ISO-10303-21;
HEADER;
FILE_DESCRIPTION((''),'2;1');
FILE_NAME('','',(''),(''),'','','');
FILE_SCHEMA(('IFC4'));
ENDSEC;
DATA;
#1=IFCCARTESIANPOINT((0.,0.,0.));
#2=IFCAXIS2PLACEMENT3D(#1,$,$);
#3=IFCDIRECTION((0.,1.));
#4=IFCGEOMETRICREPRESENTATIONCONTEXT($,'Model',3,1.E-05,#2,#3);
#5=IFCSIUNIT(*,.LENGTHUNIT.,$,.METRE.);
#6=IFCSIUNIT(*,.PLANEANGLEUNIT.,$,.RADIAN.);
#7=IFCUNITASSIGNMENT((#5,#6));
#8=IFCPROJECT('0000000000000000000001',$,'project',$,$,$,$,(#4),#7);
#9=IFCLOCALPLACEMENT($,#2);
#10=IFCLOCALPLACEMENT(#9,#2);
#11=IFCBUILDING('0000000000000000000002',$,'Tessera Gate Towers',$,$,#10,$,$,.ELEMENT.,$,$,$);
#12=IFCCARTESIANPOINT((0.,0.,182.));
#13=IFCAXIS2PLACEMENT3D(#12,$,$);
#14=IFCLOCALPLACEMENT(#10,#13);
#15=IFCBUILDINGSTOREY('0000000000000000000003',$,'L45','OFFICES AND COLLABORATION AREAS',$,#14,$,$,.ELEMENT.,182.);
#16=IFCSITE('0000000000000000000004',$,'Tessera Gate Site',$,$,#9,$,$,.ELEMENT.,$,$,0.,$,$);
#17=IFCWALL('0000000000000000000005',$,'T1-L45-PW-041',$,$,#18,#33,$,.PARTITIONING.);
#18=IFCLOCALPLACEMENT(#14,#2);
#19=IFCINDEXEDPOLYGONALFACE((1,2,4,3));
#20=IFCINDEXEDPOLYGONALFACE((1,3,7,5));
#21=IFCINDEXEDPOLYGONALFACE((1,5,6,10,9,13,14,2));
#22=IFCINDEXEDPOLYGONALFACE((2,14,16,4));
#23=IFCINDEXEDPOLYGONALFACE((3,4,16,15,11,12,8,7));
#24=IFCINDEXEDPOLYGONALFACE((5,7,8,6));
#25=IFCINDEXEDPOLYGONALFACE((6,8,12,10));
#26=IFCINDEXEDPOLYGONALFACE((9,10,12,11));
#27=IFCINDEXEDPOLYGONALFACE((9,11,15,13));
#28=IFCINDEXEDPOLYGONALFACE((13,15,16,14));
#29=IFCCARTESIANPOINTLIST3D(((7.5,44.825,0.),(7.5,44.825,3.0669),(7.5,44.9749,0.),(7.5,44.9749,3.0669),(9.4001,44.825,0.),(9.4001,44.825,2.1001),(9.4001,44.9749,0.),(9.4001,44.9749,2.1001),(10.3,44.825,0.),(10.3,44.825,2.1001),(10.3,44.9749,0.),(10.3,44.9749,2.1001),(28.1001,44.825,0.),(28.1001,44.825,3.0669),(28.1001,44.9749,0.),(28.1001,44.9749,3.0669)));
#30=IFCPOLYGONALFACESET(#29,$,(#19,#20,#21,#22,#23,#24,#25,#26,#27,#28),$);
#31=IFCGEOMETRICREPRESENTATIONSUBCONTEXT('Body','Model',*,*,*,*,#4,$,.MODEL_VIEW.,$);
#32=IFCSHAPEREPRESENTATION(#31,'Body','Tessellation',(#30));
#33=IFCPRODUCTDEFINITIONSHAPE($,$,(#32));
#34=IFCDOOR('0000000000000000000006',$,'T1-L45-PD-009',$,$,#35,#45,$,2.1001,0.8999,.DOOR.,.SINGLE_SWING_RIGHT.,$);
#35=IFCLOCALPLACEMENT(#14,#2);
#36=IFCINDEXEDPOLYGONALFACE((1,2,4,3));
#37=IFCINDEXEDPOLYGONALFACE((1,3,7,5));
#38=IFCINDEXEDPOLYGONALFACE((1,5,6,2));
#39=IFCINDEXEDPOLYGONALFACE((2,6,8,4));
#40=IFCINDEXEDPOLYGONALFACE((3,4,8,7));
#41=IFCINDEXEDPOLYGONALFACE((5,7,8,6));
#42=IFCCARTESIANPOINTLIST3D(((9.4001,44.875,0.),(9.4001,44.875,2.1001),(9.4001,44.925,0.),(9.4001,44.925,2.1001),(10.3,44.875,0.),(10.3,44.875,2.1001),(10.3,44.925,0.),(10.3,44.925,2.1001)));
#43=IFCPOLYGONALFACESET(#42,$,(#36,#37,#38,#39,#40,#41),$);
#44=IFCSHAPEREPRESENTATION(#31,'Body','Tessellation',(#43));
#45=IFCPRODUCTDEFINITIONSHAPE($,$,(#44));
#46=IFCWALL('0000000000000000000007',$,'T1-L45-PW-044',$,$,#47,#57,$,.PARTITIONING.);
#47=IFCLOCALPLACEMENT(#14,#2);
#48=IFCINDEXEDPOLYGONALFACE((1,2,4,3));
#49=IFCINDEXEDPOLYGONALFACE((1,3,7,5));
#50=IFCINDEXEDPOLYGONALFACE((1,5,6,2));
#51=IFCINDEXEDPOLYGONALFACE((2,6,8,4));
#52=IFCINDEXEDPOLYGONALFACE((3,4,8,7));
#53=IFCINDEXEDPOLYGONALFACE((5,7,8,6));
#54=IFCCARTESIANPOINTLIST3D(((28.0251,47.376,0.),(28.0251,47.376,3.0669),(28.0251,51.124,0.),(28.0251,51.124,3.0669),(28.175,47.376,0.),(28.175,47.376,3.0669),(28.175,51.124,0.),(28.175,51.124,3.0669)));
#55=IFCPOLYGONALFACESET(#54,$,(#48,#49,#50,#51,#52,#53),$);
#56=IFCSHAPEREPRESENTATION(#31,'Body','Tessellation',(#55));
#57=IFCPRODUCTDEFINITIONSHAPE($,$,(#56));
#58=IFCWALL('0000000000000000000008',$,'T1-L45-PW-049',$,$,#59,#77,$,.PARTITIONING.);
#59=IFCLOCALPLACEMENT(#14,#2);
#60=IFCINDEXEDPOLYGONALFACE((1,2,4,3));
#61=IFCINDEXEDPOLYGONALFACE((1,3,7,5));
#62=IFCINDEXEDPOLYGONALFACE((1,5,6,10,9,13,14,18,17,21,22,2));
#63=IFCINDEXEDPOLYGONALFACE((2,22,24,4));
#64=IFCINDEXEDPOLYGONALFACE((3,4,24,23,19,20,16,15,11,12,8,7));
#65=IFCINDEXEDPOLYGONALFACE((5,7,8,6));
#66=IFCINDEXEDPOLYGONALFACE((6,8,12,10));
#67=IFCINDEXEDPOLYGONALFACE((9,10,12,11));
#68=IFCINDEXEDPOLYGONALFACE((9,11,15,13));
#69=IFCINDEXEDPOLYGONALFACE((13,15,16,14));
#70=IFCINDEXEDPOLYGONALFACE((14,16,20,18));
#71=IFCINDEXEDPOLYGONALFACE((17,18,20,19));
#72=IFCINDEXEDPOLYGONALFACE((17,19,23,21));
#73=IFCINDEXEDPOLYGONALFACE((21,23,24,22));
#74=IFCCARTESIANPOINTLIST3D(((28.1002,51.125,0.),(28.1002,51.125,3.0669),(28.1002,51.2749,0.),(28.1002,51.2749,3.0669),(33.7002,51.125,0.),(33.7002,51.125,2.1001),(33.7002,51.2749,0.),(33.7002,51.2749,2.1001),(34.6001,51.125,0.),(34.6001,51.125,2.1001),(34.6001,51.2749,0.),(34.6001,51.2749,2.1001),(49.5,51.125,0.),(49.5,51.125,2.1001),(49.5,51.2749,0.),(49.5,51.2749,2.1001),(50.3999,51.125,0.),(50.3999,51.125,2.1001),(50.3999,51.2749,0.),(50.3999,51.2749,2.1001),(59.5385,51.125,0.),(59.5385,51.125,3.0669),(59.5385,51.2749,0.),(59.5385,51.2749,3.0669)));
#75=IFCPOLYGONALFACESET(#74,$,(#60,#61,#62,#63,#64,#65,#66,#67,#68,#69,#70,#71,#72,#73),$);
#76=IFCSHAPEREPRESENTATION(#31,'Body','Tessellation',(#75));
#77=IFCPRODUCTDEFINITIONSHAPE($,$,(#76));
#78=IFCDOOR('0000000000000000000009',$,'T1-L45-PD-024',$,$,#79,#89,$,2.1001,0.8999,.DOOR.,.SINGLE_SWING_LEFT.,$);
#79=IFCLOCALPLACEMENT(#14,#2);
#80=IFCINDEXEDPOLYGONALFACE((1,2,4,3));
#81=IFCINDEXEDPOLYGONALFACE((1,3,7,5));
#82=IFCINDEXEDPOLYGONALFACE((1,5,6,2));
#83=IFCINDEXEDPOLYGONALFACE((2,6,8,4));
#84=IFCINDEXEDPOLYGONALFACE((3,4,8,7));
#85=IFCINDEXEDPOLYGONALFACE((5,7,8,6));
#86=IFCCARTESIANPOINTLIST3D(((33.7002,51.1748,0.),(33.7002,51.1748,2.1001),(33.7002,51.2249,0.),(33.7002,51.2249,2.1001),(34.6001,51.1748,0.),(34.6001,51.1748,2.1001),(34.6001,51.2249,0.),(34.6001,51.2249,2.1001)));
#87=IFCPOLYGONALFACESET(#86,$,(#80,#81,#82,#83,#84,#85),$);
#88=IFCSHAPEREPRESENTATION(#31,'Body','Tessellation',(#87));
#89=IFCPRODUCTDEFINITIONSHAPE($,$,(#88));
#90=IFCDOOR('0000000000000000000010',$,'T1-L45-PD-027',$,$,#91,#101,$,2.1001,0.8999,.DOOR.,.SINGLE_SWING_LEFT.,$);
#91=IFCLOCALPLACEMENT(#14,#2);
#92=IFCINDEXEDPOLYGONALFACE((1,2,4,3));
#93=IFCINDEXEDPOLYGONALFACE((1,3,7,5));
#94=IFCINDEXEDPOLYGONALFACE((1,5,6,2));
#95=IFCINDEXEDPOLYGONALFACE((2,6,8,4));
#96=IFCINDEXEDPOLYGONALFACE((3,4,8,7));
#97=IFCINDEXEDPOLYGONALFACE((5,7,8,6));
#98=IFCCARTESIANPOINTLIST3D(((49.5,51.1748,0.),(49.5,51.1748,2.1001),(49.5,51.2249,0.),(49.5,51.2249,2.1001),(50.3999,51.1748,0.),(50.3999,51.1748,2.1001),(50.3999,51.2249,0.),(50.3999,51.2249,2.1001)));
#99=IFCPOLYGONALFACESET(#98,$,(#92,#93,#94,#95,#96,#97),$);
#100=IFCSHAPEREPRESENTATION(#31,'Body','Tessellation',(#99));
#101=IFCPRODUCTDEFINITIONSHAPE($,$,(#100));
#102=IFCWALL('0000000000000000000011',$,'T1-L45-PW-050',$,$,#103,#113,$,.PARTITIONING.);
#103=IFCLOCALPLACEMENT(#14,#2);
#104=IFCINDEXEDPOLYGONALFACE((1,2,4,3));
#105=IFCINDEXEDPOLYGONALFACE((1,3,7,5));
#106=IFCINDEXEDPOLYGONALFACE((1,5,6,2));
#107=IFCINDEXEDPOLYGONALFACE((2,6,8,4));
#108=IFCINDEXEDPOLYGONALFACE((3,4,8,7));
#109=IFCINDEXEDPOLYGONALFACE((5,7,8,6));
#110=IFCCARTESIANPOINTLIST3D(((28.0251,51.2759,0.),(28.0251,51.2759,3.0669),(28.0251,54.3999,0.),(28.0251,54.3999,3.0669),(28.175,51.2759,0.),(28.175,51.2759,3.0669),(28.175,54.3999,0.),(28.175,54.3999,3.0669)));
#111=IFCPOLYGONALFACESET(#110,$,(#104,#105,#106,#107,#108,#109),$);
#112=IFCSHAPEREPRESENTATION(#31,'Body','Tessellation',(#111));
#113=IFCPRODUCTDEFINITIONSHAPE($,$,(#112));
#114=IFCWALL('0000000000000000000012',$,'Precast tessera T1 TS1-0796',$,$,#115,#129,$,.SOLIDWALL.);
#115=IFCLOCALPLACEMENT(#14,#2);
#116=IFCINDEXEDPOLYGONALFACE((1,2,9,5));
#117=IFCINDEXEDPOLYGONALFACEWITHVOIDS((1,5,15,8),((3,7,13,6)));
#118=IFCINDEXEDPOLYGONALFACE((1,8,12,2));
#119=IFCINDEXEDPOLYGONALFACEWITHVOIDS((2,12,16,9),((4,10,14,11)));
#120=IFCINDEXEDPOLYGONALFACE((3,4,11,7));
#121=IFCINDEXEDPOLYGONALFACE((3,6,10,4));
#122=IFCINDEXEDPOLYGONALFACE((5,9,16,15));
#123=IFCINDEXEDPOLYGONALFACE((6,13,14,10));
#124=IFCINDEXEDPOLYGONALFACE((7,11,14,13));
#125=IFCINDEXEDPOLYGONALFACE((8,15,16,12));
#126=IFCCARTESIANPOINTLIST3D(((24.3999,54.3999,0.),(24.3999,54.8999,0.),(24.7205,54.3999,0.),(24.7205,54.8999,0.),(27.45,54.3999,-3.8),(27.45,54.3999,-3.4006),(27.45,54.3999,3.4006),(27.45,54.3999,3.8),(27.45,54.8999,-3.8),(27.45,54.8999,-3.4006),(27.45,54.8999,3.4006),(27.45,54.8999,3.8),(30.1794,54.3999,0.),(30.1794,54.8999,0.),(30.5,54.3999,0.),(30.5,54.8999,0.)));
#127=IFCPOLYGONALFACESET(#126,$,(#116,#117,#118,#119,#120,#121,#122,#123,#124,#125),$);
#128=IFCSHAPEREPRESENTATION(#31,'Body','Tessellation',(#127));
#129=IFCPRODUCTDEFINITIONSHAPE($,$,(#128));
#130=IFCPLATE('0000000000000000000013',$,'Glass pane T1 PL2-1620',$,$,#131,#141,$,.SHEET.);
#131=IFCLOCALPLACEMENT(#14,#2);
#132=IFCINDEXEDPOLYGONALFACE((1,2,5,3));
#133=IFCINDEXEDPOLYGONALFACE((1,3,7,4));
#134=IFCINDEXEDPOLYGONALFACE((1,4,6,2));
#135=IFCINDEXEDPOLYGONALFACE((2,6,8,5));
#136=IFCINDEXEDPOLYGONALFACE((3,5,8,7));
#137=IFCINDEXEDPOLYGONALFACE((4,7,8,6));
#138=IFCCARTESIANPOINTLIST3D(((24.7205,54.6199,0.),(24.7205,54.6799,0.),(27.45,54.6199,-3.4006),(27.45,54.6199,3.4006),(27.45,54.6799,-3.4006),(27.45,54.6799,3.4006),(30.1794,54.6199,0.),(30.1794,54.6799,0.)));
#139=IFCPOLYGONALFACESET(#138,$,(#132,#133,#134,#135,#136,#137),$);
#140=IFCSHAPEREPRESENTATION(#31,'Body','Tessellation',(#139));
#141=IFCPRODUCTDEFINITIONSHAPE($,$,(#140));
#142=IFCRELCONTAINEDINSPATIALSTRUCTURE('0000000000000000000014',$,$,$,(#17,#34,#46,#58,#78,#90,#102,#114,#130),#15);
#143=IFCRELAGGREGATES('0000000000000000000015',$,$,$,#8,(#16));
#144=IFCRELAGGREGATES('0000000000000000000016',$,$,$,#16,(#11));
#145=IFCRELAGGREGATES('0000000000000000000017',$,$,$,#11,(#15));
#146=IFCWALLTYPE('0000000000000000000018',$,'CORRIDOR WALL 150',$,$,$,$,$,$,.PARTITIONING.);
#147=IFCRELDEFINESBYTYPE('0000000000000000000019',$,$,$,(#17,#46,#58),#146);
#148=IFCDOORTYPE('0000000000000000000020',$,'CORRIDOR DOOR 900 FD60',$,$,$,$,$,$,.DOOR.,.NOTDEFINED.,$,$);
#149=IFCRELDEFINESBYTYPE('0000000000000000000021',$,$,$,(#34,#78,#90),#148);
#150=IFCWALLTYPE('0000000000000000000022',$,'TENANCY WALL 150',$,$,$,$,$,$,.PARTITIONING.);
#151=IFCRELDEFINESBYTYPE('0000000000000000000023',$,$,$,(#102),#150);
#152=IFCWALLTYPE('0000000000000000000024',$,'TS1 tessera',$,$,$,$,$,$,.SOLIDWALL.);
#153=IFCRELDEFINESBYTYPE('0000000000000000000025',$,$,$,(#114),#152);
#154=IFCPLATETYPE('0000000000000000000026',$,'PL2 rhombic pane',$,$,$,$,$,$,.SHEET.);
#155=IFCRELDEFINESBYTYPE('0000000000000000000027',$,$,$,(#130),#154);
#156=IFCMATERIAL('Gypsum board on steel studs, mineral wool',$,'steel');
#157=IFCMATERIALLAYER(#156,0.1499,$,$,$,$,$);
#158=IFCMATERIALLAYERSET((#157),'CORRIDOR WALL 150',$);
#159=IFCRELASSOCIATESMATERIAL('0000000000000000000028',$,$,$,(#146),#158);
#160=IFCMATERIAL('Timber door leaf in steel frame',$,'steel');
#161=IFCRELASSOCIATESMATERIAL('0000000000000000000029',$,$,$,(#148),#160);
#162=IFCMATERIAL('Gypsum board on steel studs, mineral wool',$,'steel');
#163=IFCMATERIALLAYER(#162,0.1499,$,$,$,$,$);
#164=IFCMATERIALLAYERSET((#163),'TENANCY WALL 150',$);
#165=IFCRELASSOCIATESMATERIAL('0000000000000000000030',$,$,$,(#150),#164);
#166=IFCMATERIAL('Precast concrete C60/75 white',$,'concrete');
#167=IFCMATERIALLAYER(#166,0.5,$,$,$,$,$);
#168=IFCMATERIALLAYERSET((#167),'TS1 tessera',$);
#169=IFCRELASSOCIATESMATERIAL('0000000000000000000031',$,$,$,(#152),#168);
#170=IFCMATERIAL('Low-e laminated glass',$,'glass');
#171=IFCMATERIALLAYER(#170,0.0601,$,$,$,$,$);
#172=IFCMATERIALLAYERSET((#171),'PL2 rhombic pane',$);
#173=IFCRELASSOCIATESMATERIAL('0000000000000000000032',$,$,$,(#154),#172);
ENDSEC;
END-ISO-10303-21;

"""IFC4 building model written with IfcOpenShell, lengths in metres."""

from ifc_helpers import new_model, si_unit, direction, frame, frame_2d, origin, place, context, subcontext, project, spatial, polyline, rectangle, outline, extrude, source, transform, mapped, material, layer, layer_set, type_object, element, fill, save


model = new_model("IFC4")

# Units and contexts
model_context = context("Model", 3, precision=1e-05, world=origin(), true_north=direction((0.0, 1.0)))
body_context = subcontext(model_context, "Body", "Model", "MODEL_VIEW")
ifc_project = project(units=[si_unit("LENGTHUNIT", "METRE"), si_unit("PLANEANGLEUNIT", "RADIAN")], contexts=[model_context])

# Site, building, storey
site_placement = place(None, origin())
site = spatial("IfcSite", under=ifc_project, at=site_placement, Name="Tessera Gate Site", CompositionType="ELEMENT", RefElevation=0.0)
building_placement = place(site_placement, origin())
building = spatial("IfcBuilding", under=site, at=building_placement, Name="Tessera Gate Towers", CompositionType="ELEMENT")
storey_placement = place(building_placement, frame((0.0, 0.0, 182.0)))
storey = spatial("IfcBuildingStorey", under=building, at=storey_placement, Name="L45", Description="OFFICES AND COLLABORATION AREAS", CompositionType="ELEMENT", Elevation=182.0)

# Wall, opening, door
ifc_material_1 = material(Name="Gypsum board on steel studs, mineral wool", Category="steel")
ifc_layer_1 = layer(ifc_material_1, 0.1499)
ifc_layer_set_1 = layer_set([ifc_layer_1], Name="CORRIDOR WALL 150")
wall_type_1 = type_object("IfcWallType", Name="CORRIDOR WALL 150", PredefinedType="PARTITIONING", material=ifc_layer_set_1)
wall_1_placement = place(storey_placement, frame((28.1001, 44.8999, 0.0), z_axis=(0.0, 0.0, 1.0), x_axis=(-1.0, 0.0, 0.0)))
wall_1 = element("IfcWall", 1, at=wall_1_placement, inside=storey, type_object=wall_type_1, Name="T1-L45-PW-041", PredefinedType="PARTITIONING", context=body_context, shape_type="SweptSolid", body=[
    extrude(rectangle(XDim=20.6001, YDim=0.1499, at=frame_2d((10.3, 0.0))), origin(), (0.0, 0.0, 1.0), 3.0669),
])
shared_shape_1 = source(origin(), body_context, "Body", "SweptSolid", [
    extrude(rectangle(XDim=0.8999, YDim=2.1001, at=frame_2d((0.45, 1.05))), frame((0.0, 0.085, 0.0), z_axis=(0.0, -1.0, 0.0), x_axis=(1.0, 0.0, 0.0)), (0.0, 0.0, 1.0), 0.1699),
])
opening_1_placement = place(wall_1_placement, frame((17.8, 0.0, 0.0)))
opening_1 = element("IfcOpeningElement", 2, at=opening_1_placement, cuts=wall_1, PredefinedType="OPENING", context=body_context, shape_type="MappedRepresentation", body=[
    mapped(shared_shape_1, transform((0.0, 0.0, 0.0), scale=1.0)),
])
ifc_material_2 = material(Name="Timber door leaf in steel frame", Category="steel")
door_type_1 = type_object("IfcDoorType", Name="CORRIDOR DOOR 900 FD60", OperationType="NOTDEFINED", PredefinedType="DOOR", material=ifc_material_2)
shared_shape_2 = source(origin(), body_context, "Body", "SweptSolid", [
    extrude(rectangle(XDim=0.8999, YDim=2.1001, at=frame_2d((0.45, 1.05))), frame((0.0, 0.0249, 0.0), z_axis=(0.0, -1.0, 0.0), x_axis=(1.0, 0.0, 0.0)), (0.0, 0.0, 1.0), 0.05),
])
door_1_placement = place(opening_1_placement, origin())
door_1 = element("IfcDoor", 3, at=door_1_placement, inside=storey, type_object=door_type_1, Name="T1-L45-PD-009", OperationType="SINGLE_SWING_RIGHT", OverallHeight=2.1001, OverallWidth=0.8999, PredefinedType="DOOR", context=body_context, shape_type="MappedRepresentation", body=[
    mapped(shared_shape_2, transform((0.0, 0.0, 0.0), scale=1.0)),
])
fill(opening_1, door_1)

# Wall
wall_2_placement = place(storey_placement, frame((28.1001, 47.376, 0.0), z_axis=(0.0, 0.0, 1.0), x_axis=(0.0, 1.0, 0.0)))
element("IfcWall", 4, at=wall_2_placement, inside=storey, type_object=wall_type_1, Name="T1-L45-PW-044", PredefinedType="PARTITIONING", context=body_context, shape_type="SweptSolid", body=[
    extrude(rectangle(XDim=3.748, YDim=0.1499, at=frame_2d((1.874, 0.0))), origin(), (0.0, 0.0, 1.0), 3.0669),
])

# Wall, openings, doors
wall_3_placement = place(storey_placement, frame((28.1001, 51.2, 0.0), z_axis=(0.0, 0.0, 1.0), x_axis=(1.0, 0.0, 0.0)))
wall_3 = element("IfcWall", 5, at=wall_3_placement, inside=storey, type_object=wall_type_1, Name="T1-L45-PW-049", PredefinedType="PARTITIONING", context=body_context, shape_type="SweptSolid", body=[
    extrude(rectangle(XDim=31.4382, YDim=0.1499, at=frame_2d((15.7192, 0.0))), origin(), (0.0, 0.0, 1.0), 3.0669),
])
opening_2_placement = place(wall_3_placement, frame((5.6001, 0.0, 0.0)))
opening_2 = element("IfcOpeningElement", 6, at=opening_2_placement, cuts=wall_3, PredefinedType="OPENING", context=body_context, shape_type="MappedRepresentation", body=[
    mapped(shared_shape_1, transform((0.0, 0.0, 0.0), scale=1.0)),
])
opening_3_placement = place(wall_3_placement, frame((21.3999, 0.0, 0.0)))
opening_3 = element("IfcOpeningElement", 7, at=opening_3_placement, cuts=wall_3, PredefinedType="OPENING", context=body_context, shape_type="MappedRepresentation", body=[
    mapped(shared_shape_1, transform((0.0, 0.0, 0.0), scale=1.0)),
])
door_2_placement = place(opening_2_placement, origin())
door_2 = element("IfcDoor", 8, at=door_2_placement, inside=storey, type_object=door_type_1, Name="T1-L45-PD-024", OperationType="SINGLE_SWING_LEFT", OverallHeight=2.1001, OverallWidth=0.8999, PredefinedType="DOOR", context=body_context, shape_type="MappedRepresentation", body=[
    mapped(shared_shape_2, transform((0.0, 0.0, 0.0), scale=1.0)),
])
fill(opening_2, door_2)
door_3_placement = place(opening_3_placement, origin())
door_3 = element("IfcDoor", 9, at=door_3_placement, inside=storey, type_object=door_type_1, Name="T1-L45-PD-027", OperationType="SINGLE_SWING_LEFT", OverallHeight=2.1001, OverallWidth=0.8999, PredefinedType="DOOR", context=body_context, shape_type="MappedRepresentation", body=[
    mapped(shared_shape_2, transform((0.0, 0.0, 0.0), scale=1.0)),
])
fill(opening_3, door_3)

# Wall
ifc_material_3 = material(Name="Gypsum board on steel studs, mineral wool", Category="steel")
ifc_layer_2 = layer(ifc_material_3, 0.1499)
ifc_layer_set_2 = layer_set([ifc_layer_2], Name="TENANCY WALL 150")
wall_type_2 = type_object("IfcWallType", Name="TENANCY WALL 150", PredefinedType="PARTITIONING", material=ifc_layer_set_2)
wall_4_placement = place(storey_placement, frame((28.1001, 51.2759, 0.0), z_axis=(0.0, 0.0, 1.0), x_axis=(0.0, 1.0, 0.0)))
element("IfcWall", 10, at=wall_4_placement, inside=storey, type_object=wall_type_2, Name="T1-L45-PW-050", PredefinedType="PARTITIONING", context=body_context, shape_type="SweptSolid", body=[
    extrude(rectangle(XDim=3.124, YDim=0.1499, at=frame_2d((1.562, 0.0))), origin(), (0.0, 0.0, 1.0), 3.0669),
])

# Wall, opening, plate
ifc_material_4 = material(Name="Precast concrete C60/75 white", Category="concrete")
ifc_layer_3 = layer(ifc_material_4, 0.5)
ifc_layer_set_3 = layer_set([ifc_layer_3], Name="TS1 tessera")
wall_type_3 = type_object("IfcWallType", Name="TS1 tessera", PredefinedType="SOLIDWALL", material=ifc_layer_set_3)
shared_shape_3 = source(origin(), body_context, "Body", "SweptSolid", [
    extrude(outline(polyline([(3.05, 0.0), (6.1001, 3.8), (3.05, 7.6001), (0.0, 3.8), (3.05, 0.0)])), frame((0.0, 0.25, 0.0), z_axis=(0.0, -1.0, 0.0), x_axis=(1.0, 0.0, 0.0)), (0.0, 0.0, 1.0), 0.5),
])
wall_5_placement = place(storey_placement, frame((30.5, 54.6499, -3.8), z_axis=(0.0, 0.0, 1.0), x_axis=(-1.0, 0.0, 0.0)))
wall_5 = element("IfcWall", 11, at=wall_5_placement, inside=storey, type_object=wall_type_3, Name="Precast tessera T1 TS1-0796", PredefinedType="SOLIDWALL", context=body_context, shape_type="MappedRepresentation", body=[
    mapped(shared_shape_3, transform((0.0, 0.0, 0.0), scale=1.0)),
])
shared_shape_4 = source(origin(), body_context, "Body", "SweptSolid", [
    extrude(outline(polyline([(3.05, 0.3994), (5.7795, 3.8), (3.05, 7.2007), (0.3206, 3.8), (3.05, 0.3994)])), frame((0.0, 0.26, 0.0), z_axis=(0.0, -1.0, 0.0), x_axis=(1.0, 0.0, 0.0)), (0.0, 0.0, 1.0), 0.52),
])
opening_4_placement = place(wall_5_placement, origin())
opening_4 = element("IfcOpeningElement", 12, at=opening_4_placement, cuts=wall_5, PredefinedType="OPENING", context=body_context, shape_type="MappedRepresentation", body=[
    mapped(shared_shape_4, transform((0.0, 0.0, 0.0), scale=1.0)),
])
ifc_material_5 = material(Name="Low-e laminated glass", Category="glass")
ifc_layer_4 = layer(ifc_material_5, 0.0601)
ifc_layer_set_4 = layer_set([ifc_layer_4], Name="PL2 rhombic pane")
plate_type = type_object("IfcPlateType", Name="PL2 rhombic pane", PredefinedType="SHEET", material=ifc_layer_set_4)
shared_shape_5 = source(origin(), body_context, "Body", "SweptSolid", [
    extrude(outline(polyline([(3.05, 0.3994), (5.7795, 3.8), (3.05, 7.2007), (0.3206, 3.8), (3.05, 0.3994)])), frame((0.0, 0.03, 0.0), z_axis=(0.0, -1.0, 0.0), x_axis=(1.0, 0.0, 0.0)), (0.0, 0.0, 1.0), 0.0601),
])
plate_placement = place(opening_4_placement, origin())
plate = element("IfcPlate", 13, at=plate_placement, inside=storey, type_object=plate_type, Name="Glass pane T1 PL2-1620", PredefinedType="SHEET", context=body_context, shape_type="MappedRepresentation", body=[
    mapped(shared_shape_5, transform((0.0, 0.0, 0.0), scale=1.0)),
])
fill(opening_4, plate)

save(model, "model.ifc")
